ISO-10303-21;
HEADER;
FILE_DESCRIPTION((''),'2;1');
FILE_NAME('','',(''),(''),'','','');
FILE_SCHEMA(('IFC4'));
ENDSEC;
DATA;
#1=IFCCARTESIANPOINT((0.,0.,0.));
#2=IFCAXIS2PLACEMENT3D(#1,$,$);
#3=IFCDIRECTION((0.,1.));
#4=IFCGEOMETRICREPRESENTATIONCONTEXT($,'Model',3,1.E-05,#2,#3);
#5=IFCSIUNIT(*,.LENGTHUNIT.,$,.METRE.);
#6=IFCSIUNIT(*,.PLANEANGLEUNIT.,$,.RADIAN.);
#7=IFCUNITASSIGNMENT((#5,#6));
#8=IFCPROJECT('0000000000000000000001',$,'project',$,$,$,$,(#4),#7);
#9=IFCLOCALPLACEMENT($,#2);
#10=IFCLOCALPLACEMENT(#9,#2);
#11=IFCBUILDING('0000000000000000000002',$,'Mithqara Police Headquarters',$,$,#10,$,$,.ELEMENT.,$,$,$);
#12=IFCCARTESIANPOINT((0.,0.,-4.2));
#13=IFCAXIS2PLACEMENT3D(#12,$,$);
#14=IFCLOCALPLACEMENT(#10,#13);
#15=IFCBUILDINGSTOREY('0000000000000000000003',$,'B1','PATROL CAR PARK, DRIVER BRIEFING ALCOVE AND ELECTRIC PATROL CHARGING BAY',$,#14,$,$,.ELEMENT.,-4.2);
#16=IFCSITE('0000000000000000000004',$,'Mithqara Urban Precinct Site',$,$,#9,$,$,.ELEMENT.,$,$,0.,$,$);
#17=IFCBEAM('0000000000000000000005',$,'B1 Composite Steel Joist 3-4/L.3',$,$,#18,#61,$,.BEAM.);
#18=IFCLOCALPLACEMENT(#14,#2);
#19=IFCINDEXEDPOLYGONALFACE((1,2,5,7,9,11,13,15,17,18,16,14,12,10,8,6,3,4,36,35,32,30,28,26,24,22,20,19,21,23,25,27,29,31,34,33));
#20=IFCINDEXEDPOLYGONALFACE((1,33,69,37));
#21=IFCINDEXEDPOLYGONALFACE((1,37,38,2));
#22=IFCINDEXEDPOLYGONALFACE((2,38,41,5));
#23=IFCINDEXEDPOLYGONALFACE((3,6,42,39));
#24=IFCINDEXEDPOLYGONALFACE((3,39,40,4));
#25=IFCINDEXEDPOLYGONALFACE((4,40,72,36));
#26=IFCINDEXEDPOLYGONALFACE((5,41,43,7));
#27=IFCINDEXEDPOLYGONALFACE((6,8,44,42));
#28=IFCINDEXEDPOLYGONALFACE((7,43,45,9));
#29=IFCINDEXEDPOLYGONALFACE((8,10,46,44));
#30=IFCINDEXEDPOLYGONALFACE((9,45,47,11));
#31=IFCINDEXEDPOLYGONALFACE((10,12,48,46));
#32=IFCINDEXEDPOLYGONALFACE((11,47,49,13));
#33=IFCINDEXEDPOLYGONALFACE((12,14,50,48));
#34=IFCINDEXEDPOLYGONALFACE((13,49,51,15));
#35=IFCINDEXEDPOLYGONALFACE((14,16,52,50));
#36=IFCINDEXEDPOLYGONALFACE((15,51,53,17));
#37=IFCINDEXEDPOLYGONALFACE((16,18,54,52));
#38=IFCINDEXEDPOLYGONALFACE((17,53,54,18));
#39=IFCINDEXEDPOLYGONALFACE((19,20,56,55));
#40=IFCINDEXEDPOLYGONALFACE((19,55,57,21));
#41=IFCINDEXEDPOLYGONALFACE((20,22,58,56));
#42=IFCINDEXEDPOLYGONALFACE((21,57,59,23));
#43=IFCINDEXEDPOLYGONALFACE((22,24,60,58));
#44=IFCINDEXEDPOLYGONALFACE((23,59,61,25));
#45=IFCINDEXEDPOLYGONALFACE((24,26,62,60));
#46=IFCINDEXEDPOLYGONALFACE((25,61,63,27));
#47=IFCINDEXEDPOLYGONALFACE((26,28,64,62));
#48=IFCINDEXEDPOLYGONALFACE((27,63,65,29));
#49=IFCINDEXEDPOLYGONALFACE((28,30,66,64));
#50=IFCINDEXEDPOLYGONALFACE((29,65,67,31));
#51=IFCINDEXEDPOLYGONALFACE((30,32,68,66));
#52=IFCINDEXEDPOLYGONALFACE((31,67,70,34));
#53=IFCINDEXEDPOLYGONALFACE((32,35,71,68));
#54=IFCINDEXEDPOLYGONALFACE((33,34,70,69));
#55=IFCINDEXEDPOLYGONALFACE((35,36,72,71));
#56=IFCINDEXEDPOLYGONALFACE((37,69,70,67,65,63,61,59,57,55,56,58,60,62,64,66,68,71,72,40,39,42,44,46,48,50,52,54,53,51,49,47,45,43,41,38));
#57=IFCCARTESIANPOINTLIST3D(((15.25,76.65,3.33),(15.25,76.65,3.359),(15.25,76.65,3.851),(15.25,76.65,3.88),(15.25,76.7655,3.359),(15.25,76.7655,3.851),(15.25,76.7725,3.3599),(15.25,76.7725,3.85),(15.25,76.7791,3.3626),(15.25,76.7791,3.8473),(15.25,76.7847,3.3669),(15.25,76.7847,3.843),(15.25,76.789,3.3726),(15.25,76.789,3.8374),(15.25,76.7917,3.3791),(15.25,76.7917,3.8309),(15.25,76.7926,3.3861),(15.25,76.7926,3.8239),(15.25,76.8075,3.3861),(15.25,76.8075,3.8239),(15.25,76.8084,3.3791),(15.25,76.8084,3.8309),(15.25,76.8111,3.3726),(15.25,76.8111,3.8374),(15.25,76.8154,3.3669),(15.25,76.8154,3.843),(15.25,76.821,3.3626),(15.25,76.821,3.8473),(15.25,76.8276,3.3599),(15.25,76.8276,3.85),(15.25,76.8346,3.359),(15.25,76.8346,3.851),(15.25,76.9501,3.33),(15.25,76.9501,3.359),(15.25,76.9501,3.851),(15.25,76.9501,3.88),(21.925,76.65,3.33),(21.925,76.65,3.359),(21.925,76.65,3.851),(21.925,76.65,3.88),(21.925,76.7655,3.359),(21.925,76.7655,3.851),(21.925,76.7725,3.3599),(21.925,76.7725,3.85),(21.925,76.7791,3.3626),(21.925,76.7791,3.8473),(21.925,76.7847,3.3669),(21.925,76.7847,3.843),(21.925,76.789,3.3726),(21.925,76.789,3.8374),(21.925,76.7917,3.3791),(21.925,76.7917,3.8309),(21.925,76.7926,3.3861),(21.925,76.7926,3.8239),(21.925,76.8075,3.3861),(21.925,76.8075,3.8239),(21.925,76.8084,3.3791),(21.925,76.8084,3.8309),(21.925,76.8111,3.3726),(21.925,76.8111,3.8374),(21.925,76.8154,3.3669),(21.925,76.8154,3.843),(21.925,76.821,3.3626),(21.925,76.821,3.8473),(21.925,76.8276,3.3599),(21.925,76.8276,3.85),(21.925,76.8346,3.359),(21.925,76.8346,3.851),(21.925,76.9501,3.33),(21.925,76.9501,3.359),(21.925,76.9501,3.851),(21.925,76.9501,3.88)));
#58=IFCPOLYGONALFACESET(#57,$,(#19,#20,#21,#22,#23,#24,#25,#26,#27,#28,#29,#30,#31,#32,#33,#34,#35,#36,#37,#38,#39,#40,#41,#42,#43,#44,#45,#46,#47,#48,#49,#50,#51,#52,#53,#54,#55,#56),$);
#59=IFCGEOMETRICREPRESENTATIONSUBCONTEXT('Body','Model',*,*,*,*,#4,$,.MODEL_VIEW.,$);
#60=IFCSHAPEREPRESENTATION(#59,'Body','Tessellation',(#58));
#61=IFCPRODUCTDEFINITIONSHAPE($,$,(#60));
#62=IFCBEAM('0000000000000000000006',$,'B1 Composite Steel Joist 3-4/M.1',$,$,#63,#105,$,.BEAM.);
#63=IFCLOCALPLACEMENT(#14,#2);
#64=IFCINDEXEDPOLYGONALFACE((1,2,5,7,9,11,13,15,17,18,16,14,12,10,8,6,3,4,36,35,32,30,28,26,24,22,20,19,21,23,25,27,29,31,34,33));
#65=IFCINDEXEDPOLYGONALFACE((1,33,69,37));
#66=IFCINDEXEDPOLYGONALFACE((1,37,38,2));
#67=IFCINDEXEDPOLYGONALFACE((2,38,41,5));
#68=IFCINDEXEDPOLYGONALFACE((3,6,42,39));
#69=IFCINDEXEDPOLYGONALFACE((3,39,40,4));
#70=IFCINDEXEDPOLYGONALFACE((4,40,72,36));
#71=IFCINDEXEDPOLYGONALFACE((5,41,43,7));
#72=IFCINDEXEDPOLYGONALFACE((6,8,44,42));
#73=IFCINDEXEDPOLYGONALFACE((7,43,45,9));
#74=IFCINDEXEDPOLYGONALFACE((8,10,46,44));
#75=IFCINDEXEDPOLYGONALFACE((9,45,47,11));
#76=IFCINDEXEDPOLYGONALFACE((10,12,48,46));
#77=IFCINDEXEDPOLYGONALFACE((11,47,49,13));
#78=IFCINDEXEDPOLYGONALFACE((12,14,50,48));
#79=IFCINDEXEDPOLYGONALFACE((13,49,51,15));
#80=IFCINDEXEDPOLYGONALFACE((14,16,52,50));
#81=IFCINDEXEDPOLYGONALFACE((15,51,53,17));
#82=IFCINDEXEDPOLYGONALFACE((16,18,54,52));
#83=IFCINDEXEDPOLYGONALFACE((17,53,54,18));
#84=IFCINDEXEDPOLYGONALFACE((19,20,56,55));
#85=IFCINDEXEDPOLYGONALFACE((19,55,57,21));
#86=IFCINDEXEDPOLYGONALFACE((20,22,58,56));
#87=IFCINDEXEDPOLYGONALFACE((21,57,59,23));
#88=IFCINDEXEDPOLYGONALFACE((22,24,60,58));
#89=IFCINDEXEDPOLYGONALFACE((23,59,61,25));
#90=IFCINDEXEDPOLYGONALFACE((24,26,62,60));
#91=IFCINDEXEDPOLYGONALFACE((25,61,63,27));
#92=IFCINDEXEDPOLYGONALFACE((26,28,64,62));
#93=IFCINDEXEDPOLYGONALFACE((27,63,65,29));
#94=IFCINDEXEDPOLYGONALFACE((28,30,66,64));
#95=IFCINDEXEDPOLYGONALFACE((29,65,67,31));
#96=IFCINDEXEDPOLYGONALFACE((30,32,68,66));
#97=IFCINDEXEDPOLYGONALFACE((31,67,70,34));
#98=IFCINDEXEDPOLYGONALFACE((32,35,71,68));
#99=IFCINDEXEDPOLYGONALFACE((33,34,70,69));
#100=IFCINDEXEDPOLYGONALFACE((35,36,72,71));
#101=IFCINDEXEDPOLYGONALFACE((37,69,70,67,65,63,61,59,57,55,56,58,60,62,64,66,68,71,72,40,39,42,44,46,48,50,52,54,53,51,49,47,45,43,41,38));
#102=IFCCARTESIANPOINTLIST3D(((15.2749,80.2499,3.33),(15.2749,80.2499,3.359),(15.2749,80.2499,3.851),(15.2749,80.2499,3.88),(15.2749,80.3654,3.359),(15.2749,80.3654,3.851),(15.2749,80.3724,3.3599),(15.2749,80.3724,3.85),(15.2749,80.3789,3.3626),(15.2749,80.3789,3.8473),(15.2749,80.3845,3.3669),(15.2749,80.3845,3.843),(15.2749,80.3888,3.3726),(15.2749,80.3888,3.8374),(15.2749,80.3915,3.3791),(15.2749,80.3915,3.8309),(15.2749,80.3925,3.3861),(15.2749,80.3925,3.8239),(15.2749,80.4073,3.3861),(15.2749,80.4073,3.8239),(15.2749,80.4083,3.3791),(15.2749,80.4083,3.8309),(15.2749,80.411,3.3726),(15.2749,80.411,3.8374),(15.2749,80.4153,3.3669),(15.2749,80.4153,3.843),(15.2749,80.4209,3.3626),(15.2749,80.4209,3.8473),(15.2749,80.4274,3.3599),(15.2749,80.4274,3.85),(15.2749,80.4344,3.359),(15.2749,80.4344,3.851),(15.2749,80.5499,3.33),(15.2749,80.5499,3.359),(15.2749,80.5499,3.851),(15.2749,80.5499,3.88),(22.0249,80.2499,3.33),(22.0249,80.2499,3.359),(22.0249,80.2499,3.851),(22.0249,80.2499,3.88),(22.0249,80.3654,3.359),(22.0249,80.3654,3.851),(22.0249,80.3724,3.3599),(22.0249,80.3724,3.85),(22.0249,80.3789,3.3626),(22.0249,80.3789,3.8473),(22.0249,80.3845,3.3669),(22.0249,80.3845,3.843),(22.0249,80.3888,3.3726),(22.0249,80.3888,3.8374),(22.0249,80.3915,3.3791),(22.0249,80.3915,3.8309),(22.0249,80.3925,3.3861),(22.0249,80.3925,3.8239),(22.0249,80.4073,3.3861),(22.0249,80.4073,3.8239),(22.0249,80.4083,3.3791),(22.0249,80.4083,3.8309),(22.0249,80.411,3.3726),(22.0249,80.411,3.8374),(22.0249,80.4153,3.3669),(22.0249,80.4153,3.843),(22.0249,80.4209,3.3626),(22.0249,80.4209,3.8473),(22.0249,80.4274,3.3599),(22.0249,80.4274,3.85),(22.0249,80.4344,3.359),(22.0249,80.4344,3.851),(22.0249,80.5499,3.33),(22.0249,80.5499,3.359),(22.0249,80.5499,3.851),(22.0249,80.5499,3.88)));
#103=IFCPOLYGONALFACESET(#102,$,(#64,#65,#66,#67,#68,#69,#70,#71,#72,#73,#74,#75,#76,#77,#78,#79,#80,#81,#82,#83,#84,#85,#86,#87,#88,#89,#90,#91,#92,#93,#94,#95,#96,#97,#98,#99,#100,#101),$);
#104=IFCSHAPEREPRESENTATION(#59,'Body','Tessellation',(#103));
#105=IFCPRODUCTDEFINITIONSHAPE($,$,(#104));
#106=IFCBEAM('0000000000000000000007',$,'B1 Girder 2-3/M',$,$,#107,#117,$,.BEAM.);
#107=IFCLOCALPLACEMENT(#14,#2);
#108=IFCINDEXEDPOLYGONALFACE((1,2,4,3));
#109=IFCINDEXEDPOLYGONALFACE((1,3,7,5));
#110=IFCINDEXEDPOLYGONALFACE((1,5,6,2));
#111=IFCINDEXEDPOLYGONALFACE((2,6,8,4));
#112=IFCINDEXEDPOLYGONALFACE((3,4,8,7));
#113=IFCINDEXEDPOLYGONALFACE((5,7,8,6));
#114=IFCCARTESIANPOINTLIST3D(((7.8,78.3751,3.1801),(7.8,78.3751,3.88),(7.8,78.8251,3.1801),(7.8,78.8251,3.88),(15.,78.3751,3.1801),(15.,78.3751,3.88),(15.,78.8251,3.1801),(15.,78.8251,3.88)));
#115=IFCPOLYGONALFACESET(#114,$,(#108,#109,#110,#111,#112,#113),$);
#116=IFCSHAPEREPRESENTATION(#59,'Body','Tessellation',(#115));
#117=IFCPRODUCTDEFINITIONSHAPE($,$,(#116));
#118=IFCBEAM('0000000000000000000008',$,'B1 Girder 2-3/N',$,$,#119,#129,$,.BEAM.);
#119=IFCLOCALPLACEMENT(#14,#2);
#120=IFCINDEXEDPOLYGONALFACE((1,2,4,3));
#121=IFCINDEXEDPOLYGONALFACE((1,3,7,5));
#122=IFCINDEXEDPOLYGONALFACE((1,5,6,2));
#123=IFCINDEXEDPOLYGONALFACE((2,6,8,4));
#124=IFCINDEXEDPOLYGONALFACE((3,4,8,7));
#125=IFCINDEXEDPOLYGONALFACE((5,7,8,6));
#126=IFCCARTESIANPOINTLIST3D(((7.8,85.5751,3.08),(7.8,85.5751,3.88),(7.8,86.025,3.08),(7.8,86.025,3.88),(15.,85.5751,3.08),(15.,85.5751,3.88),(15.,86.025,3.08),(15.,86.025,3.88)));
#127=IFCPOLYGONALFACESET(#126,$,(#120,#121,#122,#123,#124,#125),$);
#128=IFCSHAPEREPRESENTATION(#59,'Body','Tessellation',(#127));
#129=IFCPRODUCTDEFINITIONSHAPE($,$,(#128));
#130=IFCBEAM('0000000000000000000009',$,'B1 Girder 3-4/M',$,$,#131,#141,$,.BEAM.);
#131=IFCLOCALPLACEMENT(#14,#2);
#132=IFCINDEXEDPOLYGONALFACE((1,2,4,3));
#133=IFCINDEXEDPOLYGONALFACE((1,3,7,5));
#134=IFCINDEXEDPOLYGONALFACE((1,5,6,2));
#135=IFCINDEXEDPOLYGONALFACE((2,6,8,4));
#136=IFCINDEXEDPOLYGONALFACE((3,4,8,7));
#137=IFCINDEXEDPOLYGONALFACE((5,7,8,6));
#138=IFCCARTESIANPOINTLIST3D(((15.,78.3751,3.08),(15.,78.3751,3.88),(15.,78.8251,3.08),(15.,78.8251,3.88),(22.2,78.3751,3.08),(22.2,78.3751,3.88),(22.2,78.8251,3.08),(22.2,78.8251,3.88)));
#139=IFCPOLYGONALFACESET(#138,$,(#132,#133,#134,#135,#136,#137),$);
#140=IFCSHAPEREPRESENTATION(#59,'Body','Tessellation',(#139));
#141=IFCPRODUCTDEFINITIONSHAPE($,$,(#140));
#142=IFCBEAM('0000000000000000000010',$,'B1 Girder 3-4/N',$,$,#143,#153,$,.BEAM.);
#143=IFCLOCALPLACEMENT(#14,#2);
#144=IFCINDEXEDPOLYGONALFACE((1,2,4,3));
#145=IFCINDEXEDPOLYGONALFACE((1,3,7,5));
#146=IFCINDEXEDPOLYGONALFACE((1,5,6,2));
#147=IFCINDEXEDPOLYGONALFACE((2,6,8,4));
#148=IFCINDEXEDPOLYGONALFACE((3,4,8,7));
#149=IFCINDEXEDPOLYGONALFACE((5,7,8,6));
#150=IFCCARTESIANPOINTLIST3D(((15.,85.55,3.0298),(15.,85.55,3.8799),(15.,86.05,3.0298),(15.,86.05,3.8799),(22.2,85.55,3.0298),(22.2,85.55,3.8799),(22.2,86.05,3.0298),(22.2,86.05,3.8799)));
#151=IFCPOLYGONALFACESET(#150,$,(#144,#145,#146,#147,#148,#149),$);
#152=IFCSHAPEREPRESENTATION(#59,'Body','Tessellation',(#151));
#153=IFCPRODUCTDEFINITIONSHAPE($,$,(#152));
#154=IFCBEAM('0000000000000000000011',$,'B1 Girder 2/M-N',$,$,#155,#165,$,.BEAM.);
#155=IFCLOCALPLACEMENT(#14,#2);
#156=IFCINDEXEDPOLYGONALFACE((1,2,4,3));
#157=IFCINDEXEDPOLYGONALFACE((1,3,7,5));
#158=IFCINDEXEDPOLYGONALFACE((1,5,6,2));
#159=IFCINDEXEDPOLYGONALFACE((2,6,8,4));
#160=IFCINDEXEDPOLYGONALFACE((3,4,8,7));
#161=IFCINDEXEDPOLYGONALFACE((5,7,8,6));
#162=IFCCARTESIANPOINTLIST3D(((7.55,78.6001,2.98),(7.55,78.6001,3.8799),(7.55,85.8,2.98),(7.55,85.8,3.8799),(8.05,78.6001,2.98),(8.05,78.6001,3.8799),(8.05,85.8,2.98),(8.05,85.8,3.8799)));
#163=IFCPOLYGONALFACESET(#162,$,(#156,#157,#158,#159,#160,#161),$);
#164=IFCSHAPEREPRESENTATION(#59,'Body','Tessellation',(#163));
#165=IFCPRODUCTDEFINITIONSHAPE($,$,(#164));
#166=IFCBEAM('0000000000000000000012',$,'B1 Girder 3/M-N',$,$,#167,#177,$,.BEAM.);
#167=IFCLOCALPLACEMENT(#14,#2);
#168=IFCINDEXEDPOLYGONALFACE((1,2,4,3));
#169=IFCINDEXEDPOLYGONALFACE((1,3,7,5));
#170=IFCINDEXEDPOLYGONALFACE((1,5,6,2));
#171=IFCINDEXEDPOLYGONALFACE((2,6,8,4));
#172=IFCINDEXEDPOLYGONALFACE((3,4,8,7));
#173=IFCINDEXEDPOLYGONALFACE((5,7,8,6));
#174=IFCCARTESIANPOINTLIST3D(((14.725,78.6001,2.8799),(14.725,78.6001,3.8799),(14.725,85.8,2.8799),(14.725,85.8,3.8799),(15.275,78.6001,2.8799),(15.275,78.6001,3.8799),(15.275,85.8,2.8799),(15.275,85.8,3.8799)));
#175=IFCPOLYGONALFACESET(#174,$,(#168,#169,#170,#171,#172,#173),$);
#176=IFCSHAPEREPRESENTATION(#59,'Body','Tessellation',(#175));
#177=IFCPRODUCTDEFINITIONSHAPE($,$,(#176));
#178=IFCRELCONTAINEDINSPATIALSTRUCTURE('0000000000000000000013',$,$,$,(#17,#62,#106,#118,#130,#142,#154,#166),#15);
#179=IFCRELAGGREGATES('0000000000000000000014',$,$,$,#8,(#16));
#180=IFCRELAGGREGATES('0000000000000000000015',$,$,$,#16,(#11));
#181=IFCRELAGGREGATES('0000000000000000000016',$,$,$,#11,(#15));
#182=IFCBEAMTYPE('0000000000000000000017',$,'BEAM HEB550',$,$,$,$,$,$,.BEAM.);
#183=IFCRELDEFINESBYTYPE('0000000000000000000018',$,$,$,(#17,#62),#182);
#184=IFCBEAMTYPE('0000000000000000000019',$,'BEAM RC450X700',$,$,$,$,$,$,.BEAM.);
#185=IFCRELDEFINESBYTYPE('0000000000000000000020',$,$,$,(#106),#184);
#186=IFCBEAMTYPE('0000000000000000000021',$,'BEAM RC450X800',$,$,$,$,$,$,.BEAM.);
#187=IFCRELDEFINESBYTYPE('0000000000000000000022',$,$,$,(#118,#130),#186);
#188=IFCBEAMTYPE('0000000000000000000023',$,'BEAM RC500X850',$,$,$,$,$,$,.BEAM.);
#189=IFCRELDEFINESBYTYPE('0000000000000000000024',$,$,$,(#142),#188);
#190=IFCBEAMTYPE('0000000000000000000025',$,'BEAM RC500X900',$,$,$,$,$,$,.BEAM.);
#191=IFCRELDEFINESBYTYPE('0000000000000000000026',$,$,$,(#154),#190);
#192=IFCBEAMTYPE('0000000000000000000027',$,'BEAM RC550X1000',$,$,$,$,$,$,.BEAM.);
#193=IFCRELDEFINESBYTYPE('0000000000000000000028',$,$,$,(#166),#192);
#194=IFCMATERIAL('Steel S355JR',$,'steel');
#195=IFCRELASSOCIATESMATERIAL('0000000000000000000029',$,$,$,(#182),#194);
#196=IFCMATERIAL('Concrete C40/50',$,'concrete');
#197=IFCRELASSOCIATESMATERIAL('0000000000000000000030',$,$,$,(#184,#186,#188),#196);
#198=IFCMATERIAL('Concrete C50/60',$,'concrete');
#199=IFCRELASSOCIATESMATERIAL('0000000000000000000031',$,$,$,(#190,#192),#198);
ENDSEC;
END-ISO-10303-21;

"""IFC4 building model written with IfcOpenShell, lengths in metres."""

from ifc_helpers import new_model, si_unit, direction, frame, origin, origin_2d, place, context, subcontext, project, spatial, rectangle, i_section, extrude, material, material_profile, profile_set, type_object, element, save


model = new_model("IFC4")

# Units and contexts
model_context = context("Model", 3, precision=1e-05, world=origin(), true_north=direction((0.0, 1.0)))
body_context = subcontext(model_context, "Body", "Model", "MODEL_VIEW")
ifc_project = project(units=[si_unit("LENGTHUNIT", "METRE"), si_unit("PLANEANGLEUNIT", "RADIAN")], contexts=[model_context])

# Site, building, storey
site_placement = place(None, origin())
site = spatial("IfcSite", under=ifc_project, at=site_placement, Name="Mithqara Urban Precinct Site", CompositionType="ELEMENT", RefElevation=0.0)
building_placement = place(site_placement, origin())
building = spatial("IfcBuilding", under=site, at=building_placement, Name="Mithqara Police Headquarters", CompositionType="ELEMENT")
storey_placement = place(building_placement, frame((0.0, 0.0, -4.2)))
storey = spatial("IfcBuildingStorey", under=building, at=storey_placement, Name="B1", Description="PATROL CAR PARK, DRIVER BRIEFING ALCOVE AND ELECTRIC PATROL CHARGING BAY", CompositionType="ELEMENT", Elevation=-4.2)

# Shared definitions
ifc_material_1 = material(Name="Concrete C40/50", Category="concrete")

# Shared definitions
ifc_material_2 = material(Name="Concrete C50/60", Category="concrete")

# Beams
ifc_material_3 = material(Name="Steel S355JR", Category="steel")
ifc_material_profile_1 = material_profile(ifc_material_3, i_section(OverallWidth=0.3, OverallDepth=0.55, WebThickness=0.0149, FlangeThickness=0.0291, FilletRadius=0.0271, at=origin_2d()), Name="HEB 550")
ifc_profile_set_1 = profile_set([ifc_material_profile_1], Name="Steel S355JR")
beam_type_1 = type_object("IfcBeamType", Name="BEAM HEB550", PredefinedType="BEAM", material=ifc_profile_set_1)
for number, where, z_axis, x_axis, name in (
    (1, (15.25, 76.8, 3.605), (1.0, 0.0, 0.0), (0.0, 1.0, 0.0), "B1 Composite Steel Joist 3-4/L.3"),
):
    element("IfcBeam", number, at=place(storey_placement, frame(where, z_axis=z_axis, x_axis=x_axis)), inside=storey, type_object=beam_type_1, Name=name, PredefinedType="BEAM", context=body_context, shape_type="SweptSolid", body=[
        extrude(i_section(OverallWidth=0.3, OverallDepth=0.55, WebThickness=0.0149, FlangeThickness=0.0291, FilletRadius=0.0271, at=origin_2d()), origin(), (0.0, 0.0, 1.0), 6.675),
    ])
beam_1_placement = place(storey_placement, frame((15.2749, 80.3999, 3.605), z_axis=(1.0, 0.0, 0.0), x_axis=(0.0, 1.0, 0.0)))
element("IfcBeam", 2, at=beam_1_placement, inside=storey, type_object=beam_type_1, Name="B1 Composite Steel Joist 3-4/M.1", PredefinedType="BEAM", context=body_context, shape_type="SweptSolid", body=[
    extrude(i_section(OverallWidth=0.3, OverallDepth=0.55, WebThickness=0.0149, FlangeThickness=0.0291, FilletRadius=0.0271, at=origin_2d()), origin(), (0.0, 0.0, 1.0), 6.75),
])
ifc_material_profile_2 = material_profile(ifc_material_1, rectangle(XDim=0.45, YDim=0.7, at=origin_2d()), Name="RC 450x700")
ifc_profile_set_2 = profile_set([ifc_material_profile_2], Name="Concrete C40/50")
beam_type_2 = type_object("IfcBeamType", Name="BEAM RC450X700", PredefinedType="BEAM", material=ifc_profile_set_2)
beam_2_placement = place(storey_placement, frame((7.8, 78.6001, 3.53), z_axis=(1.0, 0.0, 0.0), x_axis=(0.0, 1.0, 0.0)))
element("IfcBeam", 3, at=beam_2_placement, inside=storey, type_object=beam_type_2, Name="B1 Girder 2-3/M", PredefinedType="BEAM", context=body_context, shape_type="SweptSolid", body=[
    extrude(rectangle(XDim=0.45, YDim=0.7, at=origin_2d()), origin(), (0.0, 0.0, 1.0), 7.2),
])
ifc_material_profile_3 = material_profile(ifc_material_1, rectangle(XDim=0.45, YDim=0.8, at=origin_2d()), Name="RC 450x800")
ifc_profile_set_3 = profile_set([ifc_material_profile_3], Name="Concrete C40/50")
beam_type_3 = type_object("IfcBeamType", Name="BEAM RC450X800", PredefinedType="BEAM", material=ifc_profile_set_3)
for number, where, z_axis, x_axis, name in (
    (4, (7.8, 85.8, 3.48), (1.0, 0.0, 0.0), (0.0, 1.0, 0.0), "B1 Girder 2-3/N"),
    (5, (15.0, 78.6001, 3.48), (1.0, 0.0, 0.0), (0.0, 1.0, 0.0), "B1 Girder 3-4/M"),
):
    element("IfcBeam", number, at=place(storey_placement, frame(where, z_axis=z_axis, x_axis=x_axis)), inside=storey, type_object=beam_type_3, Name=name, PredefinedType="BEAM", context=body_context, shape_type="SweptSolid", body=[
        extrude(rectangle(XDim=0.45, YDim=0.8, at=origin_2d()), origin(), (0.0, 0.0, 1.0), 7.2),
    ])
ifc_material_profile_4 = material_profile(ifc_material_1, rectangle(XDim=0.5, YDim=0.8501, at=origin_2d()), Name="RC 500x850")
ifc_profile_set_4 = profile_set([ifc_material_profile_4], Name="Concrete C40/50")
beam_type_4 = type_object("IfcBeamType", Name="BEAM RC500X850", PredefinedType="BEAM", material=ifc_profile_set_4)
beam_3_placement = place(storey_placement, frame((15.0, 85.8, 3.4548), z_axis=(1.0, 0.0, 0.0), x_axis=(0.0, 1.0, 0.0)))
element("IfcBeam", 6, at=beam_3_placement, inside=storey, type_object=beam_type_4, Name="B1 Girder 3-4/N", PredefinedType="BEAM", context=body_context, shape_type="SweptSolid", body=[
    extrude(rectangle(XDim=0.5, YDim=0.8501, at=origin_2d()), origin(), (0.0, 0.0, 1.0), 7.2),
])
ifc_material_profile_5 = material_profile(ifc_material_2, rectangle(XDim=0.5, YDim=0.8999, at=origin_2d()), Name="RC 500x900")
ifc_profile_set_5 = profile_set([ifc_material_profile_5], Name="Concrete C50/60")
beam_type_5 = type_object("IfcBeamType", Name="BEAM RC500X900", PredefinedType="BEAM", material=ifc_profile_set_5)
beam_4_placement = place(storey_placement, frame((7.8, 78.6001, 3.4299), z_axis=(0.0, 1.0, 0.0), x_axis=(-1.0, 0.0, 0.0)))
element("IfcBeam", 7, at=beam_4_placement, inside=storey, type_object=beam_type_5, Name="B1 Girder 2/M-N", PredefinedType="BEAM", context=body_context, shape_type="SweptSolid", body=[
    extrude(rectangle(XDim=0.5, YDim=0.8999, at=origin_2d()), origin(), (0.0, 0.0, 1.0), 7.2),
])
ifc_material_profile_6 = material_profile(ifc_material_2, rectangle(XDim=0.55, YDim=1.0, at=origin_2d()), Name="RC 550x1000")
ifc_profile_set_6 = profile_set([ifc_material_profile_6], Name="Concrete C50/60")
beam_type_6 = type_object("IfcBeamType", Name="BEAM RC550X1000", PredefinedType="BEAM", material=ifc_profile_set_6)
beam_5_placement = place(storey_placement, frame((15.0, 78.6001, 3.3799), z_axis=(0.0, 1.0, 0.0), x_axis=(-1.0, 0.0, 0.0)))
element("IfcBeam", 8, at=beam_5_placement, inside=storey, type_object=beam_type_6, Name="B1 Girder 3/M-N", PredefinedType="BEAM", context=body_context, shape_type="SweptSolid", body=[
    extrude(rectangle(XDim=0.55, YDim=1.0, at=origin_2d()), origin(), (0.0, 0.0, 1.0), 7.2),
])

save(model, "model.ifc")
